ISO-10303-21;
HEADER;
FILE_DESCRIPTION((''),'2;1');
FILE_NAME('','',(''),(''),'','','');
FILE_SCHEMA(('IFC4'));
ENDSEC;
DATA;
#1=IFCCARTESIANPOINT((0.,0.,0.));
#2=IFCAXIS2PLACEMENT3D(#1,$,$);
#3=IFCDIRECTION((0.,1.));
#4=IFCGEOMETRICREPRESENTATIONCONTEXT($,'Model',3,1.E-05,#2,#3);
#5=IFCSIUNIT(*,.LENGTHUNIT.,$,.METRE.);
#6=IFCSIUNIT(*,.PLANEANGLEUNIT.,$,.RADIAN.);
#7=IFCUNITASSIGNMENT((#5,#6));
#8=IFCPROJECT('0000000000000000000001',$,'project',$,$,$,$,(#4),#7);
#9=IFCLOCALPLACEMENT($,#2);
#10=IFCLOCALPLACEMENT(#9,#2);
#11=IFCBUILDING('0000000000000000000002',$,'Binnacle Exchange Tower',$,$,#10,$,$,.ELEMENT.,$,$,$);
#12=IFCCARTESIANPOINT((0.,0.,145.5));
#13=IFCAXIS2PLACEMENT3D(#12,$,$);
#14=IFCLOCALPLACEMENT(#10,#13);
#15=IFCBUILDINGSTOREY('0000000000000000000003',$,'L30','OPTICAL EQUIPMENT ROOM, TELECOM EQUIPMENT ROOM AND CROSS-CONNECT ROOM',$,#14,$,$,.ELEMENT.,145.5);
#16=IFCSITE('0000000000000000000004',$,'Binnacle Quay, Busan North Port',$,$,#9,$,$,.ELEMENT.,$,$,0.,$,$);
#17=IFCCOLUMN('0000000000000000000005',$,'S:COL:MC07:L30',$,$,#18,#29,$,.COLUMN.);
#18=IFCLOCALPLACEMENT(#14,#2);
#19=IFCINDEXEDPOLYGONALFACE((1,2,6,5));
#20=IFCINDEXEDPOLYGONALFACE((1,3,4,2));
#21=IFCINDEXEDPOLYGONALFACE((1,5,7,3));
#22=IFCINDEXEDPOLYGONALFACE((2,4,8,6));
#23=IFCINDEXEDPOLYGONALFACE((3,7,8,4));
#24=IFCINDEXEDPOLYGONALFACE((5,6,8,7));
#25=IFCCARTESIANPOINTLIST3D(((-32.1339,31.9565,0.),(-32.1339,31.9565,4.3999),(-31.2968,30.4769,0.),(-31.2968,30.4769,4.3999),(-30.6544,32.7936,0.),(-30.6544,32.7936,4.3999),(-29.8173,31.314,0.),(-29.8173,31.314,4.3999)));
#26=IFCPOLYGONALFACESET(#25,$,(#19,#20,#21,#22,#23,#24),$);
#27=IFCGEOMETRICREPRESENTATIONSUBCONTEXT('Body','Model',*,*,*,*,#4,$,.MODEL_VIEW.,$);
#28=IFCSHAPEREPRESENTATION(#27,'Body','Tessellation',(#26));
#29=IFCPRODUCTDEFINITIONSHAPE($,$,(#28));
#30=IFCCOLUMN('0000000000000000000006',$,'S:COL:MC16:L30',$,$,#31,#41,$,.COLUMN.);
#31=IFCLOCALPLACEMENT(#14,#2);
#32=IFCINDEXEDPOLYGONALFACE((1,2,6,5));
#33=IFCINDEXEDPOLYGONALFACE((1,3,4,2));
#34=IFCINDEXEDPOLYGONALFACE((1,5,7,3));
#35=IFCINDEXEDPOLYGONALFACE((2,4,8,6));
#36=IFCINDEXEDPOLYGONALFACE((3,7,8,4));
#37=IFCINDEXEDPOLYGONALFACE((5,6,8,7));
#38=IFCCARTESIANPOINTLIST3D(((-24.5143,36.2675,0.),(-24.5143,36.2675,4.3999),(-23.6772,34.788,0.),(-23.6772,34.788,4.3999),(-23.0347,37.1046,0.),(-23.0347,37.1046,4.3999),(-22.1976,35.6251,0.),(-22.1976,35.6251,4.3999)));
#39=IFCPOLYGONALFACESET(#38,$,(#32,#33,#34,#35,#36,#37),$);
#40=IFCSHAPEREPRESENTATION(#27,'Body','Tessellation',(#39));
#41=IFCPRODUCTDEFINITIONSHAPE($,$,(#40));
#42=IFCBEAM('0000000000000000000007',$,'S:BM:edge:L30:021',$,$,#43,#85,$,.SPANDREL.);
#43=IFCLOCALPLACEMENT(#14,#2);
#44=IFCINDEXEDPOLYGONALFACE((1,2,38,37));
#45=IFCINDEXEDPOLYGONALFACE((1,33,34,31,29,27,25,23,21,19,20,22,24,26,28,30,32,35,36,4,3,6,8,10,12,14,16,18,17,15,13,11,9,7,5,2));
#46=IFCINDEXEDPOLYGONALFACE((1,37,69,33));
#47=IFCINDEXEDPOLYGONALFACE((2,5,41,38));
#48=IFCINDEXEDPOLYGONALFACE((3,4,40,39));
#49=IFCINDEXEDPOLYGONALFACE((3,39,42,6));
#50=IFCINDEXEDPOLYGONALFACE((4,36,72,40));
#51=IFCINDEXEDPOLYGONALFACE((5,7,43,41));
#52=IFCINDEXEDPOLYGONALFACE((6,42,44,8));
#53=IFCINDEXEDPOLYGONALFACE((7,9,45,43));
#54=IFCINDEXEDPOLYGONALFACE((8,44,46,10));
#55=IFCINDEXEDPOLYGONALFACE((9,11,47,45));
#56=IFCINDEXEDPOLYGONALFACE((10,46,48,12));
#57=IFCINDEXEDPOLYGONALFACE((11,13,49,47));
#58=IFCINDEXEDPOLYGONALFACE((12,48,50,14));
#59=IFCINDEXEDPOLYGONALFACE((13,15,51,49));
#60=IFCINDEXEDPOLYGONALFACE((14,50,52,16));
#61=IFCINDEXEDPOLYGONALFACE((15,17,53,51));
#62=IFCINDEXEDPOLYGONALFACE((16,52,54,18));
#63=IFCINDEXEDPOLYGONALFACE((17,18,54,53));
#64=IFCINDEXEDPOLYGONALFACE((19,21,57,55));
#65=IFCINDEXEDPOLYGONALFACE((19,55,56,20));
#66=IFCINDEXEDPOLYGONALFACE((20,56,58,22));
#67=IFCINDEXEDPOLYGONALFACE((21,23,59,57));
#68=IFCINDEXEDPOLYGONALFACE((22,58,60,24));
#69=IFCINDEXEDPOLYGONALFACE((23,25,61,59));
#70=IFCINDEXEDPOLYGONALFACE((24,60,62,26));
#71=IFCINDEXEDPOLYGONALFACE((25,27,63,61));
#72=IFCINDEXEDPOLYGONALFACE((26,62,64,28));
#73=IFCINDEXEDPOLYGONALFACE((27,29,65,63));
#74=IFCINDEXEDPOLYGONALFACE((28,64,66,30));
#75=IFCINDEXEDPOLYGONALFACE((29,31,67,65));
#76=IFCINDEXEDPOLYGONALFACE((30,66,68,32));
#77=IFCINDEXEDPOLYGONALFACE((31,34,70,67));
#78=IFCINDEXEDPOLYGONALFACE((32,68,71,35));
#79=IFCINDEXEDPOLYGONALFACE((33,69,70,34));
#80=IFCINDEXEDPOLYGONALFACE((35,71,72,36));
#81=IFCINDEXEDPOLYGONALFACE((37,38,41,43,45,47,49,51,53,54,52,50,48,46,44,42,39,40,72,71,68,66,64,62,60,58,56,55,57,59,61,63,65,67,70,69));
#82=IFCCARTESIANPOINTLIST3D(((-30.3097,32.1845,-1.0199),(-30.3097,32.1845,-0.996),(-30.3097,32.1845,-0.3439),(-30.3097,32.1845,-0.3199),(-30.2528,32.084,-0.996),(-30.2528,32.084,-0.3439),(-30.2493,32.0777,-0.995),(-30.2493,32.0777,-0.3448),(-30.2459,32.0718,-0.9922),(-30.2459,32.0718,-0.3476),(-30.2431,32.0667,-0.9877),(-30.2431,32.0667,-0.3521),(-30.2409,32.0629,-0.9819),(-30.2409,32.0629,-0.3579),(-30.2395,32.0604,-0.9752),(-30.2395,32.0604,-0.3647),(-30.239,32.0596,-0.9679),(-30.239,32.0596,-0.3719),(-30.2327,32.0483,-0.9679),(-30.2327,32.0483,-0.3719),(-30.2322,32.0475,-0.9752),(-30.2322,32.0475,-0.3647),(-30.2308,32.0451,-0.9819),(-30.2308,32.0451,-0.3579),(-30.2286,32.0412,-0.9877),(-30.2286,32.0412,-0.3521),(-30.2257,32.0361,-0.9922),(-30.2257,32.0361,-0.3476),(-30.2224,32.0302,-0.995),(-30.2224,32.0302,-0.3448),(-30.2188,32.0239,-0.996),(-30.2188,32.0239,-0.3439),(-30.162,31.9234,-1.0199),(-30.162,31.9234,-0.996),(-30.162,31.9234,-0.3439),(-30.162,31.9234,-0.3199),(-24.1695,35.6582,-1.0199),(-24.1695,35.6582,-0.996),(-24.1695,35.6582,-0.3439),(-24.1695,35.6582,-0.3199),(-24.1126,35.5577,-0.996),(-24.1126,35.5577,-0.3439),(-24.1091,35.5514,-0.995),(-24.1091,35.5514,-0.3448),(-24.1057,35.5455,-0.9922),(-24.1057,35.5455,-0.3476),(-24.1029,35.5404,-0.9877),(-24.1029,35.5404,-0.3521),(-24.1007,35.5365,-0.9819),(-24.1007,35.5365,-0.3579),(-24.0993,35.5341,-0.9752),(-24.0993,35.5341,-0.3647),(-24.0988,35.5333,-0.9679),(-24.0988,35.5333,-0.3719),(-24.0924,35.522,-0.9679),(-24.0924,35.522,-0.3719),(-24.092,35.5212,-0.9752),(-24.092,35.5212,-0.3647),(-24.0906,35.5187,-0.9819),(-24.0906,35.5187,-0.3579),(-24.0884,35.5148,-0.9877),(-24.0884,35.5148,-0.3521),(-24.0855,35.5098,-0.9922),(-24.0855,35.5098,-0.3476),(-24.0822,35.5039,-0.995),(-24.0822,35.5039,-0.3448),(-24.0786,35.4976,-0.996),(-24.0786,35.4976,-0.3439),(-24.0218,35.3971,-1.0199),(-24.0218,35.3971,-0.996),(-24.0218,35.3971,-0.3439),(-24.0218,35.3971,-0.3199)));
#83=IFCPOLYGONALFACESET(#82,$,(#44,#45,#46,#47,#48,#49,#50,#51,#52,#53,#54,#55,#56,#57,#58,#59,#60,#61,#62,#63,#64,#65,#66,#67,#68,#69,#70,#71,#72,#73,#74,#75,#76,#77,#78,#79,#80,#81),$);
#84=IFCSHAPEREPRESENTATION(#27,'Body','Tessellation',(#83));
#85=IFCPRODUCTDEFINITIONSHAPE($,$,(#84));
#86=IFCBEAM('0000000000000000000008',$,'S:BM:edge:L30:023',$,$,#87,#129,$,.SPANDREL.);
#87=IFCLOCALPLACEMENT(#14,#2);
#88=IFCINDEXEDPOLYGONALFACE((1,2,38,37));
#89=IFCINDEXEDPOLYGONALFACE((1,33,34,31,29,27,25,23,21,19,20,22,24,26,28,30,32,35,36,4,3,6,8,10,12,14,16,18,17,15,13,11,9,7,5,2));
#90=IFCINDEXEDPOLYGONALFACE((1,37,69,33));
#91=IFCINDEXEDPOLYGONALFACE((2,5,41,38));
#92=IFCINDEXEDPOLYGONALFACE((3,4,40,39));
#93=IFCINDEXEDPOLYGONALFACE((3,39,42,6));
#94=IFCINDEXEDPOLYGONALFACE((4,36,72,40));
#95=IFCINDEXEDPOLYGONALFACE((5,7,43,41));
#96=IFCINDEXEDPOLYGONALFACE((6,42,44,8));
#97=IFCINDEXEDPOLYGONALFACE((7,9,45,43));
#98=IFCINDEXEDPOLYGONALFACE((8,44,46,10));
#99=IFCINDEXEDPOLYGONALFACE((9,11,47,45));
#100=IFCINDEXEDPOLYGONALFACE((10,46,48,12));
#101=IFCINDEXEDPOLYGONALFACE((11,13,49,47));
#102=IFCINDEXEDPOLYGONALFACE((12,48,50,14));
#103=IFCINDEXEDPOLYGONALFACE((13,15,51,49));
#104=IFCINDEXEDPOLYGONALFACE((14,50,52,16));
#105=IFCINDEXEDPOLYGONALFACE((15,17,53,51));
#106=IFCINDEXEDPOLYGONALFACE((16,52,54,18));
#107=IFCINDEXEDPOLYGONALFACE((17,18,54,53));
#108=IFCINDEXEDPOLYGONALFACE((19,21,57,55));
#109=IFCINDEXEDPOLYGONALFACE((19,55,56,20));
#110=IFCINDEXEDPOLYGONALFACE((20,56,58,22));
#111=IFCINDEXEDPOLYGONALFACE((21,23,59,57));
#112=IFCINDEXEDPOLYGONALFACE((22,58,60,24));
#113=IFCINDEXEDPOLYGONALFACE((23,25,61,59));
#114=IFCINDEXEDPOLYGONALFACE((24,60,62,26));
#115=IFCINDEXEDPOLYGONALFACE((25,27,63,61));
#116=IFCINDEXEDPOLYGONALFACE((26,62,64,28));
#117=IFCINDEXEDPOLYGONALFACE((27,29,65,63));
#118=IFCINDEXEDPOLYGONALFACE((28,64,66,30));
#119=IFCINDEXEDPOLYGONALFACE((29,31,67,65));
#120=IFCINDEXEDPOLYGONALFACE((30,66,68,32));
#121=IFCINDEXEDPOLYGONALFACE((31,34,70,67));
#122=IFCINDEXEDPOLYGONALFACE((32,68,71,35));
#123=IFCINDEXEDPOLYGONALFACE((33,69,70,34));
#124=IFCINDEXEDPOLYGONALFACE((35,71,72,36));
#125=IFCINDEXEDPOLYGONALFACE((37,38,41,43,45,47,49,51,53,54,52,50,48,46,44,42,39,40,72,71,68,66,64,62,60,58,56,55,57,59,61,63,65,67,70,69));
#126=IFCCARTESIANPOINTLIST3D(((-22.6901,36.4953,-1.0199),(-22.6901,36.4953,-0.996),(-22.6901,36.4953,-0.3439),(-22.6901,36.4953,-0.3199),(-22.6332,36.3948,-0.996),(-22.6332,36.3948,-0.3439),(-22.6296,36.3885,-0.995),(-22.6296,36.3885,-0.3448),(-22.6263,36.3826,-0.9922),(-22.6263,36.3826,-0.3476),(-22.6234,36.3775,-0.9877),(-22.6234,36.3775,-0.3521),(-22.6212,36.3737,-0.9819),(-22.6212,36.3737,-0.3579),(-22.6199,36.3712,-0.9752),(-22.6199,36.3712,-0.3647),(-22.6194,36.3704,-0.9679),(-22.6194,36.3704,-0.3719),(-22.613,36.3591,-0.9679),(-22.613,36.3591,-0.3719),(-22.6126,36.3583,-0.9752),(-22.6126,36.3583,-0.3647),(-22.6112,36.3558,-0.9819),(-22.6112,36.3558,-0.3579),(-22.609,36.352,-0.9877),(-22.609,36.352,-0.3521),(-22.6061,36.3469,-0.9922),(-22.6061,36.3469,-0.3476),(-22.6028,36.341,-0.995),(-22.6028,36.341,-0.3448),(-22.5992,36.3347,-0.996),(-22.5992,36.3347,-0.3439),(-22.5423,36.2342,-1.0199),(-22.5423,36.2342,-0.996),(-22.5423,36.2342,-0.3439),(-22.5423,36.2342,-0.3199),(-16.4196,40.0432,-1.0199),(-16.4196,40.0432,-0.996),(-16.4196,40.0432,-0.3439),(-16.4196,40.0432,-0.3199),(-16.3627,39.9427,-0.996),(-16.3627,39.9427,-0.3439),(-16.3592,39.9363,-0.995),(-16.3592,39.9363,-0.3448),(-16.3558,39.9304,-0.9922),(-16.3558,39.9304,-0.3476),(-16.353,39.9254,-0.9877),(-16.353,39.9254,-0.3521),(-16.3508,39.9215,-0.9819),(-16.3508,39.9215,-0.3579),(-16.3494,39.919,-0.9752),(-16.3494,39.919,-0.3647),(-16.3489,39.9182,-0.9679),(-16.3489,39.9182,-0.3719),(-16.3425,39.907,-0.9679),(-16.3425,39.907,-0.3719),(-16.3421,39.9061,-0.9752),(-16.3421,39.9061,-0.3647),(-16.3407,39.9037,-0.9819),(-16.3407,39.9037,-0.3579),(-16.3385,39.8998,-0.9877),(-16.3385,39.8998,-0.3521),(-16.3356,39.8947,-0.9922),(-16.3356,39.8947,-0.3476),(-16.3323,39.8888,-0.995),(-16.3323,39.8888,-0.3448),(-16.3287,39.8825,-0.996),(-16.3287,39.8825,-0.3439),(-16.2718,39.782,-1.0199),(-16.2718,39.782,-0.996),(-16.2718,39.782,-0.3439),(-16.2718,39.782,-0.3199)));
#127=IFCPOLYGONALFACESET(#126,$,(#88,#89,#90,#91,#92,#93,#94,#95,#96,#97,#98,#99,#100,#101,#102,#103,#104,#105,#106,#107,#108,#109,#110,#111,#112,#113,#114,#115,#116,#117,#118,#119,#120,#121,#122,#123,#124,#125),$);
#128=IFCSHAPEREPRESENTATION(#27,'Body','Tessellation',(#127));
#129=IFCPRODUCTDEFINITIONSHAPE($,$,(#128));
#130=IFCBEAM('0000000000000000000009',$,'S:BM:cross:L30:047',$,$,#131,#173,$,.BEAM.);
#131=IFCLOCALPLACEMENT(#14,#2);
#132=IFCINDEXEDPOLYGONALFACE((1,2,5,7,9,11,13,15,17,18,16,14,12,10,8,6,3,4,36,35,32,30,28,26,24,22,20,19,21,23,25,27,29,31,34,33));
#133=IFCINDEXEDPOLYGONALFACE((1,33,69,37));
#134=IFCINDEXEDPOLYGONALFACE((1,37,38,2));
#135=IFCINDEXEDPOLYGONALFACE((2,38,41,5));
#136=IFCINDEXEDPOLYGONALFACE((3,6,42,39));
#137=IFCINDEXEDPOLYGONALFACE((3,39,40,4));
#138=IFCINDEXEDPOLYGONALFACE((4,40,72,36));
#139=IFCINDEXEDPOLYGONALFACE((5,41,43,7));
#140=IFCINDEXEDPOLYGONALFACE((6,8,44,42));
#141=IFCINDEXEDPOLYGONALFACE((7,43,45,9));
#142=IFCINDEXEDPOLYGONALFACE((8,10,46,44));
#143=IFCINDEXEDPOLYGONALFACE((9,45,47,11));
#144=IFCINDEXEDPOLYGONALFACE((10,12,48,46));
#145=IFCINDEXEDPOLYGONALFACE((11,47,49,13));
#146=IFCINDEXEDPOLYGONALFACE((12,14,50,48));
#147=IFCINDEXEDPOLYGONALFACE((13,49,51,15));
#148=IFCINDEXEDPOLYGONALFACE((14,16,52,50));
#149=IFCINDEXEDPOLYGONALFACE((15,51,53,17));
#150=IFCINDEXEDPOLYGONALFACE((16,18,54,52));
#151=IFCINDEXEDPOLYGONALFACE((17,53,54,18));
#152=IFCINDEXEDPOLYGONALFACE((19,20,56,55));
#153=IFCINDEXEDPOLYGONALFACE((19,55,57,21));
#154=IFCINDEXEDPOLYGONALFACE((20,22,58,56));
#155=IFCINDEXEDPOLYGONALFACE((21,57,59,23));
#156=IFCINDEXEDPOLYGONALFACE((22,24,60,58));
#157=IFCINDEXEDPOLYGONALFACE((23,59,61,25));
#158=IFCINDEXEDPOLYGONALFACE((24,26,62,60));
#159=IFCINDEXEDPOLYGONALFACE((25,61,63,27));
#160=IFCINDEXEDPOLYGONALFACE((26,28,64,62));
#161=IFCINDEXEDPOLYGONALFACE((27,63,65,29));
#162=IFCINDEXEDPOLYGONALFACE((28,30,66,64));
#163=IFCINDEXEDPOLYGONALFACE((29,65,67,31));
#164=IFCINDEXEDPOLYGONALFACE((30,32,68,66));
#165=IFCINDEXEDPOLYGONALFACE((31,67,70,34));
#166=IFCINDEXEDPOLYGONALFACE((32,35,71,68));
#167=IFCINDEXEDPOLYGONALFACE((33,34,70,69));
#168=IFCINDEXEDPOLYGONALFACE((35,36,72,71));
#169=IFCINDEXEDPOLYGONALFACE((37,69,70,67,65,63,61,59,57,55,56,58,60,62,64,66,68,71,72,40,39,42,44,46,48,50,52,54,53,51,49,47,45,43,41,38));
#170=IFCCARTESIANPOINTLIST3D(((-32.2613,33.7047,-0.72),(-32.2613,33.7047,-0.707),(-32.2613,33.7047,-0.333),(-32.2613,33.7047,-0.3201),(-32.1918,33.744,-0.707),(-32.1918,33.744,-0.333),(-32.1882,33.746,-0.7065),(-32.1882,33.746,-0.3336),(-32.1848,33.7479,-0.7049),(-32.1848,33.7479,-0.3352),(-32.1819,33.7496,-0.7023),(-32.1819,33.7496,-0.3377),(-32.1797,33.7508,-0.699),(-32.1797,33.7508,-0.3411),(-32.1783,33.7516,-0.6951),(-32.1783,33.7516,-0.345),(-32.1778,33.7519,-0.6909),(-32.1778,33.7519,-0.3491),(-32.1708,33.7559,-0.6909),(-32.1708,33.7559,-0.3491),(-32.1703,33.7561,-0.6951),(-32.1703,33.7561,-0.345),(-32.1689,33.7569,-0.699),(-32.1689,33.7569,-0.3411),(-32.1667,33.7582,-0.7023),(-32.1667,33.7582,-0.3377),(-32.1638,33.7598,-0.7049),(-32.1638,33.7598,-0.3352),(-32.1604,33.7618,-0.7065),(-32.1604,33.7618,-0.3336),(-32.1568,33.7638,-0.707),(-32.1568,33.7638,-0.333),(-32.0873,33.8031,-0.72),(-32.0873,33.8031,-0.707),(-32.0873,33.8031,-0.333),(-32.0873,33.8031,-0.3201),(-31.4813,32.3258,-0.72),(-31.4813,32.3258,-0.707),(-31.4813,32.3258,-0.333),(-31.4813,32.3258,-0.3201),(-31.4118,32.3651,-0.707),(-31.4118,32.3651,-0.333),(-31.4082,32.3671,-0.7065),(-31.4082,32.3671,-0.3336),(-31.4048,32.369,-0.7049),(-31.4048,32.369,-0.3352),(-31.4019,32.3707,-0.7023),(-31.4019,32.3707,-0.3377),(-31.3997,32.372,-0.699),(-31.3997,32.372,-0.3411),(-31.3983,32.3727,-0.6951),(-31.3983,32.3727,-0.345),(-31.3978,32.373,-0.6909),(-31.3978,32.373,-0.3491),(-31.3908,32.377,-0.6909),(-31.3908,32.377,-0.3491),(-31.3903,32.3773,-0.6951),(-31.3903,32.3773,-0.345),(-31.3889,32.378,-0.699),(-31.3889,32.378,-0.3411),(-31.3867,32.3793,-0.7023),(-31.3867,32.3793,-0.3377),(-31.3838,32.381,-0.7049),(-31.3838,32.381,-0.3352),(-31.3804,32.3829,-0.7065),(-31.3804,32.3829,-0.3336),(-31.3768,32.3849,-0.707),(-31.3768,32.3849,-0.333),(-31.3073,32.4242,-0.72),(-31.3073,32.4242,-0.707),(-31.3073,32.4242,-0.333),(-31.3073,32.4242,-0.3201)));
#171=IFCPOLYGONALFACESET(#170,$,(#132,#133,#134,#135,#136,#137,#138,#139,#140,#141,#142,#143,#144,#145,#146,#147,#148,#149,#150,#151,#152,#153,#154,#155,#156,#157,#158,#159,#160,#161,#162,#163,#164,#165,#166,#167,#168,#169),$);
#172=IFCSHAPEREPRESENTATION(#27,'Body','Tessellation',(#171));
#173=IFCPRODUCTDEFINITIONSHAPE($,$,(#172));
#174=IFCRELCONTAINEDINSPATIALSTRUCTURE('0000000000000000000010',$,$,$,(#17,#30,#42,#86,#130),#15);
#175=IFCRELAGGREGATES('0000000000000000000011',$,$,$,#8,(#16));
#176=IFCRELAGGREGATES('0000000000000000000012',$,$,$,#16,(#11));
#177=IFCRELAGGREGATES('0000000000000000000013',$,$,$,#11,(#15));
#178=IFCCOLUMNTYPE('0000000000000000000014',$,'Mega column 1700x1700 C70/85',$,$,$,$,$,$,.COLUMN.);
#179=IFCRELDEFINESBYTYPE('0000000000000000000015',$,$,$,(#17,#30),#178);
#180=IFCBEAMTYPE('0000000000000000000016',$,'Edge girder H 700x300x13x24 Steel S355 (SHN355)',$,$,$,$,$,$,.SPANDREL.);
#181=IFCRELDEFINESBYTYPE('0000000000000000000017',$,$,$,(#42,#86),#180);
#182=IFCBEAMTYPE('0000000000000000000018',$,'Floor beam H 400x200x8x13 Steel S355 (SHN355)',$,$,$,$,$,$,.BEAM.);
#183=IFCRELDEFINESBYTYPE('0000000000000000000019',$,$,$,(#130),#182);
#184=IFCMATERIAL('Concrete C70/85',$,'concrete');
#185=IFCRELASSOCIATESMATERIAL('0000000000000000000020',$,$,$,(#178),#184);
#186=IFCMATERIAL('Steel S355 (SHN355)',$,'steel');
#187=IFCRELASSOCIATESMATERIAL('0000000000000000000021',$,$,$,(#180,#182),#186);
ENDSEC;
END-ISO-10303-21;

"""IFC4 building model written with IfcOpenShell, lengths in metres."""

from ifc_helpers import new_model, si_unit, direction, frame, origin, origin_2d, place, context, subcontext, project, spatial, rectangle, i_section, extrude, material, material_profile, profile_set, type_object, element, save


model = new_model("IFC4")

# Units and contexts
model_context = context("Model", 3, precision=1e-05, world=origin(), true_north=direction((0.0, 1.0)))
body_context = subcontext(model_context, "Body", "Model", "MODEL_VIEW")
ifc_project = project(units=[si_unit("LENGTHUNIT", "METRE"), si_unit("PLANEANGLEUNIT", "RADIAN")], contexts=[model_context])

# Site, building, storey
site_placement = place(None, origin())
site = spatial("IfcSite", under=ifc_project, at=site_placement, Name="Binnacle Quay, Busan North Port", CompositionType="ELEMENT", RefElevation=0.0)
building_placement = place(site_placement, origin())
building = spatial("IfcBuilding", under=site, at=building_placement, Name="Binnacle Exchange Tower", CompositionType="ELEMENT")
storey_placement = place(building_placement, frame((0.0, 0.0, 145.5)))
storey = spatial("IfcBuildingStorey", under=building, at=storey_placement, Name="L30", Description="OPTICAL EQUIPMENT ROOM, TELECOM EQUIPMENT ROOM AND CROSS-CONNECT ROOM", CompositionType="ELEMENT", Elevation=145.5)

# Columns
ifc_material_1 = material(Name="Concrete C70/85", Category="concrete")
ifc_material_profile_1 = material_profile(ifc_material_1, rectangle(XDim=1.7, YDim=1.7, at=origin_2d()), Name="Mega column 1700x1700 C70/85")
ifc_profile_set_1 = profile_set([ifc_material_profile_1], Name="Concrete C70/85")
column_type = type_object("IfcColumnType", Name="Mega column 1700x1700 C70/85", PredefinedType="COLUMN", material=ifc_profile_set_1)
for number, where, z_axis, x_axis, name in (
    (1, (-30.9756, 31.6353, 0.0), (0.0, 0.0, 1.0), (0.870356, 0.492424, 0.0), "S:COL:MC07:L30"),
    (2, (-23.356, 35.9463, 0.0), (0.0, 0.0, 1.0), (0.870356, 0.492424, 0.0), "S:COL:MC16:L30"),
):
    element("IfcColumn", number, at=place(storey_placement, frame(where, z_axis=z_axis, x_axis=x_axis)), inside=storey, type_object=column_type, Name=name, PredefinedType="COLUMN", context=body_context, shape_type="SweptSolid", body=[
        extrude(rectangle(XDim=1.7, YDim=1.7, at=origin_2d()), origin(), (0.0, 0.0, 1.0), 4.3999),
    ])

# Beams
ifc_material_2 = material(Name="Steel S355 (SHN355)", Category="steel")
ifc_material_profile_2 = material_profile(ifc_material_2, i_section(OverallWidth=0.3, OverallDepth=0.7, WebThickness=0.0129, FlangeThickness=0.0239, FilletRadius=0.0281, at=origin_2d()), Name="H 700x300x13x24")
ifc_profile_set_2 = profile_set([ifc_material_profile_2], Name="Steel S355 (SHN355)")
beam_type_1 = type_object("IfcBeamType", Name="Edge girder H 700x300x13x24 Steel S355 (SHN355)", PredefinedType="SPANDREL", material=ifc_profile_set_2)
beam_1_placement = place(storey_placement, frame((-30.2358, 32.054, -0.6699), z_axis=(0.870373, 0.492392, 0.0), x_axis=(-0.492392, 0.870373, 0.0)))
element("IfcBeam", 3, at=beam_1_placement, inside=storey, type_object=beam_type_1, Name="S:BM:edge:L30:021", PredefinedType="SPANDREL", context=body_context, shape_type="SweptSolid", body=[
    extrude(i_section(OverallWidth=0.3, OverallDepth=0.7, WebThickness=0.0129, FlangeThickness=0.0239, FilletRadius=0.0281, at=origin_2d()), origin(), (0.0, 0.0, 1.0), 7.0547),
])
beam_2_placement = place(storey_placement, frame((-22.6162, 36.3647, -0.6699), z_axis=(0.870346, 0.492441, 0.0), x_axis=(-0.492441, 0.870346, 0.0)))
element("IfcBeam", 4, at=beam_2_placement, inside=storey, type_object=beam_type_1, Name="S:BM:edge:L30:023", PredefinedType="SPANDREL", context=body_context, shape_type="SweptSolid", body=[
    extrude(i_section(OverallWidth=0.3, OverallDepth=0.7, WebThickness=0.0129, FlangeThickness=0.0239, FilletRadius=0.0281, at=origin_2d()), origin(), (0.0, 0.0, 1.0), 7.2046),
])
ifc_material_profile_3 = material_profile(ifc_material_2, i_section(OverallWidth=0.2, OverallDepth=0.3999, WebThickness=0.0081, FlangeThickness=0.0129, FilletRadius=0.0161, at=origin_2d()), Name="H 400x200x8x13")
ifc_profile_set_3 = profile_set([ifc_material_profile_3], Name="Steel S355 (SHN355)")
beam_type_2 = type_object("IfcBeamType", Name="Floor beam H 400x200x8x13 Steel S355 (SHN355)", PredefinedType="BEAM", material=ifc_profile_set_3)
beam_3_placement = place(storey_placement, frame((-31.3943, 32.375, -0.52), z_axis=(-0.492367, 0.870388, 0.0), x_axis=(-0.870388, -0.492367, 0.0)))
element("IfcBeam", 5, at=beam_3_placement, inside=storey, type_object=beam_type_2, Name="S:BM:cross:L30:047", PredefinedType="BEAM", context=body_context, shape_type="SweptSolid", body=[
    extrude(i_section(OverallWidth=0.2, OverallDepth=0.3999, WebThickness=0.0081, FlangeThickness=0.0129, FilletRadius=0.0161, at=origin_2d()), origin(), (0.0, 0.0, 1.0), 1.5842),
])

save(model, "model.ifc")
